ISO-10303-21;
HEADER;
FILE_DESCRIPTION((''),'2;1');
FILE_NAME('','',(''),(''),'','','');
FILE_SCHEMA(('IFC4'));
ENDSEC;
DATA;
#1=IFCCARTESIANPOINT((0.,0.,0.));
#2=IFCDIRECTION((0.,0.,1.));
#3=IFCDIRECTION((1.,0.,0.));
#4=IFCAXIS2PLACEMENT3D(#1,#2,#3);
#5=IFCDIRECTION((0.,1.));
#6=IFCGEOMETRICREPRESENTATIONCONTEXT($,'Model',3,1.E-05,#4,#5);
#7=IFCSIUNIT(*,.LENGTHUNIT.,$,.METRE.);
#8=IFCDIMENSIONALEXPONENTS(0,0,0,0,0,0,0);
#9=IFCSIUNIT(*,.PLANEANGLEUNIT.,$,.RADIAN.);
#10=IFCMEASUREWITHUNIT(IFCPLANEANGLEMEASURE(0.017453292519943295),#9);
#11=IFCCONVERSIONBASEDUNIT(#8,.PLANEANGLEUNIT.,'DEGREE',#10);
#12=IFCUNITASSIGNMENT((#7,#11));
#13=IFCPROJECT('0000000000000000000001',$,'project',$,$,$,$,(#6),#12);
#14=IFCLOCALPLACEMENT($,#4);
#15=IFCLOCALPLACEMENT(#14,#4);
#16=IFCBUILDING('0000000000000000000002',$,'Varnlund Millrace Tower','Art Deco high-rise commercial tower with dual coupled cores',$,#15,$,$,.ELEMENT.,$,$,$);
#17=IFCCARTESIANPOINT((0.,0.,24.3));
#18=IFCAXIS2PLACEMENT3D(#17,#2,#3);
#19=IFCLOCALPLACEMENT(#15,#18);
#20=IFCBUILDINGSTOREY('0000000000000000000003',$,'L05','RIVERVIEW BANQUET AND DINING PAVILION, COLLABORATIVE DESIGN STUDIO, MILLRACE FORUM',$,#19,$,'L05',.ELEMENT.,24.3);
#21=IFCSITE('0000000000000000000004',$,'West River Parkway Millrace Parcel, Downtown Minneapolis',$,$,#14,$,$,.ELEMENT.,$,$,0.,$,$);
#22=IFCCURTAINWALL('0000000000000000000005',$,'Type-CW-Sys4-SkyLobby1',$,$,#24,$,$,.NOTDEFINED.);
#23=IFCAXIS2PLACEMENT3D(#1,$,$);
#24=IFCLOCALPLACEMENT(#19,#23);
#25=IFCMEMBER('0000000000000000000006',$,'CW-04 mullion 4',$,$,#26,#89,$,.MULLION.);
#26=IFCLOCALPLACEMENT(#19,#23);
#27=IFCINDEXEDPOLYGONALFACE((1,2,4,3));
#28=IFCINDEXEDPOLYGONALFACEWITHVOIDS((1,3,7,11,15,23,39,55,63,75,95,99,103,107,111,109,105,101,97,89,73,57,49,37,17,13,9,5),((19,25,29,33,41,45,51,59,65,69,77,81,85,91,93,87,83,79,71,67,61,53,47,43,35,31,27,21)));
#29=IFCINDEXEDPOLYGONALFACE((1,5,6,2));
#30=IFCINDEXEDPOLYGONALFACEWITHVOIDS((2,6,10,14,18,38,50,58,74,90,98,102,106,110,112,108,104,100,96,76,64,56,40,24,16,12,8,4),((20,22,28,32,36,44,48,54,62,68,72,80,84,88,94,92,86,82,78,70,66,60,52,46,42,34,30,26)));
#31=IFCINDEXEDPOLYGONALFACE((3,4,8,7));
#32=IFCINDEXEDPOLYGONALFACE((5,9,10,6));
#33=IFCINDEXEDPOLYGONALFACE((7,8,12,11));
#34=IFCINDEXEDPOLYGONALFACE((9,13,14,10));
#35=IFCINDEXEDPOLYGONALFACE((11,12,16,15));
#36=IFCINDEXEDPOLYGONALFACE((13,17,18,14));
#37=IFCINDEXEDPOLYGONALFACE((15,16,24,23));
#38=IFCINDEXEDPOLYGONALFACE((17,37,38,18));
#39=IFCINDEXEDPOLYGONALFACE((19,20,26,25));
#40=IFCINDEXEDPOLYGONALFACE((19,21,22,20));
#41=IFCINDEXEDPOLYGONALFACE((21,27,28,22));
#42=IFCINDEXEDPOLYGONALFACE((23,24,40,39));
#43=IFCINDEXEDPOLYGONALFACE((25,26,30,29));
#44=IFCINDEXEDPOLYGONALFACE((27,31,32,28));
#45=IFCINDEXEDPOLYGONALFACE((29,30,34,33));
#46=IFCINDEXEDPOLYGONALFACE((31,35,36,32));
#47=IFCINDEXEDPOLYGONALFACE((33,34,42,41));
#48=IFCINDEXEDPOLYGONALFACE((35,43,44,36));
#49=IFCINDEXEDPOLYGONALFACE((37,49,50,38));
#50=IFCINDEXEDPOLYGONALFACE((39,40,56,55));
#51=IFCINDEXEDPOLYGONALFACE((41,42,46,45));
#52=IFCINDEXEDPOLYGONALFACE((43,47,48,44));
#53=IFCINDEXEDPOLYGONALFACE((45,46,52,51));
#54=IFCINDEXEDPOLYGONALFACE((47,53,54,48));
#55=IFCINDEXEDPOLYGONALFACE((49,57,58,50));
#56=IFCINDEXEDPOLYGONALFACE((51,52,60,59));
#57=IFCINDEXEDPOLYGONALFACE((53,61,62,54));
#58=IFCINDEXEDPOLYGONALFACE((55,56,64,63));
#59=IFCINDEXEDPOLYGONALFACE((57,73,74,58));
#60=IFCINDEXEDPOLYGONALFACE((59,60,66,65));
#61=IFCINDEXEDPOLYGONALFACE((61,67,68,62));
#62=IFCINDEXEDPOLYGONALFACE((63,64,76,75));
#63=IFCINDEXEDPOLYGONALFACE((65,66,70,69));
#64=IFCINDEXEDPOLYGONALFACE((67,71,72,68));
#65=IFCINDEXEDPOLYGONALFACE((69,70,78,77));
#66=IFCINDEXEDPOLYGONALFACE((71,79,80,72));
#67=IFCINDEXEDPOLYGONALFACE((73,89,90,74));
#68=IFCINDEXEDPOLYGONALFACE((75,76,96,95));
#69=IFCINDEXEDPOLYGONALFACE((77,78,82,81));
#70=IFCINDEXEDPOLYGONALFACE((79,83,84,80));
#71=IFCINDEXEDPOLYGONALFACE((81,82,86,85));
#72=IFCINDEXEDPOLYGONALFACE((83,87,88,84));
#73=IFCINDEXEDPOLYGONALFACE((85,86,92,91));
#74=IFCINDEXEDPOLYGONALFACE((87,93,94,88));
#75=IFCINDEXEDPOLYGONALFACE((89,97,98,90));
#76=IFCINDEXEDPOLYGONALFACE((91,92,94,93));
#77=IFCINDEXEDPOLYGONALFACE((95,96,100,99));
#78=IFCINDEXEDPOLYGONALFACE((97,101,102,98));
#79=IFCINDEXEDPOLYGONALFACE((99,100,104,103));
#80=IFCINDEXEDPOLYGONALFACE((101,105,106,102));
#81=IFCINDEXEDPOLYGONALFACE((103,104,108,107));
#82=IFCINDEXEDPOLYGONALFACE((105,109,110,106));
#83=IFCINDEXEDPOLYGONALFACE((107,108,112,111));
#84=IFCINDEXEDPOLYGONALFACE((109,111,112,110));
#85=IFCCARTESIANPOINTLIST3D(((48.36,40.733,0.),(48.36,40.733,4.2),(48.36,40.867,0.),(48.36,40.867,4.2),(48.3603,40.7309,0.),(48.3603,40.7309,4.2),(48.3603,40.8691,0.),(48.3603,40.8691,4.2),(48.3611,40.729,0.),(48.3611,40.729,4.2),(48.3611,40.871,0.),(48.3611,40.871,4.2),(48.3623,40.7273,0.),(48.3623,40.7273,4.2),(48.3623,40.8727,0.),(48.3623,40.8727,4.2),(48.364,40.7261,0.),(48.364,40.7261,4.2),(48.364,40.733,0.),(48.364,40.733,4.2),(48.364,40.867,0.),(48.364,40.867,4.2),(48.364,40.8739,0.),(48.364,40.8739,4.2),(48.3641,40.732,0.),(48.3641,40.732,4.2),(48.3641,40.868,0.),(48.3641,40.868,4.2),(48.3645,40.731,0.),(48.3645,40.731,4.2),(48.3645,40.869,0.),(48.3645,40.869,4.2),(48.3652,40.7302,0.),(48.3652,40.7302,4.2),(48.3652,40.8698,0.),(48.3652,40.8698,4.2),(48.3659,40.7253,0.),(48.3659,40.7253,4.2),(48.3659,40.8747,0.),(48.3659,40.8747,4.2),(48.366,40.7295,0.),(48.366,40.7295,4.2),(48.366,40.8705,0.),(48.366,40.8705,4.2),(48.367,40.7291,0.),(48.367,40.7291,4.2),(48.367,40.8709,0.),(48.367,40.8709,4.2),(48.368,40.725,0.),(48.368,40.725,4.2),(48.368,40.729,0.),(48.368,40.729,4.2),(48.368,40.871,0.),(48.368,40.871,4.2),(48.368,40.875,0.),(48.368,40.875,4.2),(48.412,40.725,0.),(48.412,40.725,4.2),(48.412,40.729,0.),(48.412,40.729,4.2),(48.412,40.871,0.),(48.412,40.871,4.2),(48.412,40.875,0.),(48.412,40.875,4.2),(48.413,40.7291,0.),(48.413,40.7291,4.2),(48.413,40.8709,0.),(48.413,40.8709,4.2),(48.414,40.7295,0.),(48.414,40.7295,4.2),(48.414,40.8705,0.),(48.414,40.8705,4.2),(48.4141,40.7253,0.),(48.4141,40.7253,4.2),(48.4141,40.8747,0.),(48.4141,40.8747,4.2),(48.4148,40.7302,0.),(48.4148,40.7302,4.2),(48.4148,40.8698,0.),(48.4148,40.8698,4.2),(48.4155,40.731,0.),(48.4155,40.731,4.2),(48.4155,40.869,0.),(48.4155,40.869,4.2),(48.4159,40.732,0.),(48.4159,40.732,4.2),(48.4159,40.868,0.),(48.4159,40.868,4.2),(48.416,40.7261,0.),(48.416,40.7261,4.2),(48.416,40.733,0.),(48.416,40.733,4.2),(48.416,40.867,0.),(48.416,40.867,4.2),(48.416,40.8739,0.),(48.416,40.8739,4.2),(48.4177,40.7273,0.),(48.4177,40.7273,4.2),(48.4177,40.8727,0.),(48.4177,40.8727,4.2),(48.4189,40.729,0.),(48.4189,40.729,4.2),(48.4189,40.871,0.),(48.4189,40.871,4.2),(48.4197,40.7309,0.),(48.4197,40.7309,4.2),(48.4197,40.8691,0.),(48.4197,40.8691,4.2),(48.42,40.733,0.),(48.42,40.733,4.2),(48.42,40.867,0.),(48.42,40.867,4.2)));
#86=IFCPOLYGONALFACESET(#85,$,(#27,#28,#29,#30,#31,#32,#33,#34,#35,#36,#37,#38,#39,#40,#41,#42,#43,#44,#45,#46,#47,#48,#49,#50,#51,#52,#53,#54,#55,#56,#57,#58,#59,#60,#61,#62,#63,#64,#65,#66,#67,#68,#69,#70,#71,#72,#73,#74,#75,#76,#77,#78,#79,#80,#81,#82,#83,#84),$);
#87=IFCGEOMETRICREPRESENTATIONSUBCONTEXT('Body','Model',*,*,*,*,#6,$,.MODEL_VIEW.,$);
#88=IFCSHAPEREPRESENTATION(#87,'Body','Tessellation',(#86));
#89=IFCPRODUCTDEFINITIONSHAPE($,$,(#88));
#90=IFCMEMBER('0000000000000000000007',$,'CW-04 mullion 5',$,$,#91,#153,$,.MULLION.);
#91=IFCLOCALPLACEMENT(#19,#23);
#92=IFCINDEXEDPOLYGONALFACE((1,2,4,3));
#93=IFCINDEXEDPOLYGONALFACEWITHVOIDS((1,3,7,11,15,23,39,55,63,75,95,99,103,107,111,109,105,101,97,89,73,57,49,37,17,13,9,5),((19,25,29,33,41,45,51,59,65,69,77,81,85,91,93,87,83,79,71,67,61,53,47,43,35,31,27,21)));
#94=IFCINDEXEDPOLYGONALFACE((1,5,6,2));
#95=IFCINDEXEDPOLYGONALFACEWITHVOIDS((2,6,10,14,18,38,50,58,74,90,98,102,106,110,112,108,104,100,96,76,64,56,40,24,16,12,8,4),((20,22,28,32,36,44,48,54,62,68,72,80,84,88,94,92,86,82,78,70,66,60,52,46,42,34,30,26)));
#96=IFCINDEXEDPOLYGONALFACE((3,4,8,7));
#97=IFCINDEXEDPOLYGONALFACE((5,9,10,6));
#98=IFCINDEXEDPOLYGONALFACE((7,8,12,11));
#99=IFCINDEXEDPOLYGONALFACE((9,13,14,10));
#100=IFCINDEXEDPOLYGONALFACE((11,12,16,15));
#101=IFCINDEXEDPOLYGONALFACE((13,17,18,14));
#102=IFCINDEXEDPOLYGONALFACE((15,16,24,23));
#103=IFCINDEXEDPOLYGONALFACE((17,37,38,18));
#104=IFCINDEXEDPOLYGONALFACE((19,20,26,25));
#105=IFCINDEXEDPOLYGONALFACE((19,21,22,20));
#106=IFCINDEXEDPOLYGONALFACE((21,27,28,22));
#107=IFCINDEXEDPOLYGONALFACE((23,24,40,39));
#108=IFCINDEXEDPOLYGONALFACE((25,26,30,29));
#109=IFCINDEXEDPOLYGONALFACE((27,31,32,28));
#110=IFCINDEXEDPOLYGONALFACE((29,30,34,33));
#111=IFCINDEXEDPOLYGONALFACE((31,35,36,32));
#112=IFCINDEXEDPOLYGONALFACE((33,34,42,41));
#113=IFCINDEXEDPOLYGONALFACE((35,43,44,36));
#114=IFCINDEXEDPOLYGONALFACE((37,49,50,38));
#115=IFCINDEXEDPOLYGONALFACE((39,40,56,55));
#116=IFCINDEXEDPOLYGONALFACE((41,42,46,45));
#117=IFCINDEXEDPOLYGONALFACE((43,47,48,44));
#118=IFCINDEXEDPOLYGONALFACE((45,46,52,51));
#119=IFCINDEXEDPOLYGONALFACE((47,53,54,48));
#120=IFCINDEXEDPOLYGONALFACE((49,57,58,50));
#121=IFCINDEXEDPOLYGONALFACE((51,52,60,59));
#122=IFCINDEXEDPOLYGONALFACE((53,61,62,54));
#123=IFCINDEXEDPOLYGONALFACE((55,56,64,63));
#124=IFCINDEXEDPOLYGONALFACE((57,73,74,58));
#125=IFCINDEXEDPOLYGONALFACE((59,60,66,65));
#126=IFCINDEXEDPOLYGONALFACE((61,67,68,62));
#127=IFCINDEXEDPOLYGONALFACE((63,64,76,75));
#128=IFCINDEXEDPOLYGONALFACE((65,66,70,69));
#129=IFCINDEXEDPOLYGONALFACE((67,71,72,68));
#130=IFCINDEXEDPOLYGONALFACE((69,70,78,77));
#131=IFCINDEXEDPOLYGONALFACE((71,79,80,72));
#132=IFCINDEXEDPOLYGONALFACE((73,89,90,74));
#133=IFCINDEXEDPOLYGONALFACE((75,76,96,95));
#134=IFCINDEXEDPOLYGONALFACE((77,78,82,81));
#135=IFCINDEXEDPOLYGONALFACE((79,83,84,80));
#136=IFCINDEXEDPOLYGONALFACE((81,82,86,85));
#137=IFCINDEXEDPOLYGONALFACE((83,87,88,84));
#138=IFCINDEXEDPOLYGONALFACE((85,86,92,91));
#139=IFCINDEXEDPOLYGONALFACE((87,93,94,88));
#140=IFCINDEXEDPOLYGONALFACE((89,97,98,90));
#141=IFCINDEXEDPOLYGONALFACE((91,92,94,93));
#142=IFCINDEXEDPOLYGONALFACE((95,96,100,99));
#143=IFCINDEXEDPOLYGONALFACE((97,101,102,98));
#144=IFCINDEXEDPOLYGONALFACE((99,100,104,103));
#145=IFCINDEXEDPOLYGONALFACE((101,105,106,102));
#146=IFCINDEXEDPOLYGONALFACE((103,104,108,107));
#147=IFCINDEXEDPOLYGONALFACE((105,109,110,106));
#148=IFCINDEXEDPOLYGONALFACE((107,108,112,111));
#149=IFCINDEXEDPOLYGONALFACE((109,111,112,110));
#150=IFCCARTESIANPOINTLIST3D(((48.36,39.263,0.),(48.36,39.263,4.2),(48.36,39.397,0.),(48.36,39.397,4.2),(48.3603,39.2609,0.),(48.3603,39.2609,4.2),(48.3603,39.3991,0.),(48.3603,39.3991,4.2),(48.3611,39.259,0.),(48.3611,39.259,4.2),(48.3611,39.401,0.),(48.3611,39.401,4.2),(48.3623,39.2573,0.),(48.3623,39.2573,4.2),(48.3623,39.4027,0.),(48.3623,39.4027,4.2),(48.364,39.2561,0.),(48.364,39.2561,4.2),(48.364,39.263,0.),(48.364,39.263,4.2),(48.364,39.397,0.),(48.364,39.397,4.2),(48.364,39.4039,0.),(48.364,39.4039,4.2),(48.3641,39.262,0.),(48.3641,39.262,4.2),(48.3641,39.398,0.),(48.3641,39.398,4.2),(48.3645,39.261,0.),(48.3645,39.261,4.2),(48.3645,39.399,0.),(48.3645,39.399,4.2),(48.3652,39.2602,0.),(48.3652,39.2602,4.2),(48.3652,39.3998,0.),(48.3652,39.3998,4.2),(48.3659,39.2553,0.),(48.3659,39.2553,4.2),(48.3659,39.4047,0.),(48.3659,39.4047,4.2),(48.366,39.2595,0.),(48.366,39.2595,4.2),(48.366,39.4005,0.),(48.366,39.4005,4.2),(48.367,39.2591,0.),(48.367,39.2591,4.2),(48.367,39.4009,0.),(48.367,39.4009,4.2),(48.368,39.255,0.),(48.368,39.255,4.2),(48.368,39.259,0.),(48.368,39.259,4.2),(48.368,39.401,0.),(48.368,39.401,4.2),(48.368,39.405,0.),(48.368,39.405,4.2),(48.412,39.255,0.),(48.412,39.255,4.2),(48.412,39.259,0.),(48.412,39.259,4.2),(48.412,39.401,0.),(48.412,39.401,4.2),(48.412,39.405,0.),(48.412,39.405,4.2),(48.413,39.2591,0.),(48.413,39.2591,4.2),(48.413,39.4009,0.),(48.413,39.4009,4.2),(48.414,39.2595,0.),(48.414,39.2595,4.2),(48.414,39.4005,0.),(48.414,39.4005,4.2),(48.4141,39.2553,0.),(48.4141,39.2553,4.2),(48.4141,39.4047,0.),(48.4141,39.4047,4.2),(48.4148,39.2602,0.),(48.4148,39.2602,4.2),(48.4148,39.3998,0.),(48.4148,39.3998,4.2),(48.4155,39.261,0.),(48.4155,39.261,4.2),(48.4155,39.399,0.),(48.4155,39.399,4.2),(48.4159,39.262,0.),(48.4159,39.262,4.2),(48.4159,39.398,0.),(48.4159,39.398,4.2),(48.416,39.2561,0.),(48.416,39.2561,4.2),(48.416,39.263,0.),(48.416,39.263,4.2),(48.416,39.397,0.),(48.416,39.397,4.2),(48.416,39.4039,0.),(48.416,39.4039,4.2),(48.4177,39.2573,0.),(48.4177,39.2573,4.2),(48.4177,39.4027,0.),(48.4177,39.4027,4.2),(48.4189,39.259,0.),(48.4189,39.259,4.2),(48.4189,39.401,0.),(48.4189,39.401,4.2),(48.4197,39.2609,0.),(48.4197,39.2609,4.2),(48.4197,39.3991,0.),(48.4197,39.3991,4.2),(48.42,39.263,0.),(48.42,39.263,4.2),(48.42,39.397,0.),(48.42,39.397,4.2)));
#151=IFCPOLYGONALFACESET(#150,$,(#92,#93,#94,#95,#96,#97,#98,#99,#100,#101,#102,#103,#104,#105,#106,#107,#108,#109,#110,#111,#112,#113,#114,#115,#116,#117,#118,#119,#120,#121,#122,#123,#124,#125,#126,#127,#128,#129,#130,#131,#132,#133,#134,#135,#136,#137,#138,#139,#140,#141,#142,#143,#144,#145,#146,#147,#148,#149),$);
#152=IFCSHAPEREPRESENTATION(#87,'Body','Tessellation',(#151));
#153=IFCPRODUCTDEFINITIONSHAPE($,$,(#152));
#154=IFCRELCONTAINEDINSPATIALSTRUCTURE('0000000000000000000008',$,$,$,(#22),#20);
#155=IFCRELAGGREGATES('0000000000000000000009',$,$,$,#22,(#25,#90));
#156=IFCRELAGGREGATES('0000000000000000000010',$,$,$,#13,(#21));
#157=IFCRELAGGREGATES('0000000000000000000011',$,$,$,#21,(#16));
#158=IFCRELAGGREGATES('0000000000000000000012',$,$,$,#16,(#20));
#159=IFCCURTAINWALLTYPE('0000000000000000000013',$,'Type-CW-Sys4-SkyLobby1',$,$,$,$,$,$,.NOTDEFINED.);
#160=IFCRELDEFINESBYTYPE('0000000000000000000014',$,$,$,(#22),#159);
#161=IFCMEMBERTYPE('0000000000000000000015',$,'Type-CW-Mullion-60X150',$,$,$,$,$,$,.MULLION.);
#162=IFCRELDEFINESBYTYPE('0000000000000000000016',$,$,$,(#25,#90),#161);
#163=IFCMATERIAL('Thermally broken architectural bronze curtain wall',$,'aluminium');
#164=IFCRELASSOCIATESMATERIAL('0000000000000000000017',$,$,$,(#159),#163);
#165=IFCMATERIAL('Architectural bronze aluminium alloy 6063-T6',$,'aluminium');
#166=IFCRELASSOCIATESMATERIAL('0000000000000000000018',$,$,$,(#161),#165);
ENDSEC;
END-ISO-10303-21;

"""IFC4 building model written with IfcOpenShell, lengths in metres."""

from ifc_helpers import new_model, entity, si_unit, converted_unit, direction, frame, origin_with_axes, origin_2d_with_axis, place, context, subcontext, project, spatial, hollow_rectangle, extrude, material, material_profile, profile_set, type_object, element, aggregate, save


model = new_model("IFC4")

# Units and contexts
model_context = context("Model", 3, precision=1e-05, world=origin_with_axes(), true_north=direction((0.0, 1.0)))
body_context = subcontext(model_context, "Body", "Model", "MODEL_VIEW")
ifc_project = project(units=[si_unit("LENGTHUNIT", "METRE"), converted_unit("PLANEANGLEUNIT", "DEGREE", entity("IfcPlaneAngleMeasure", 0.017453292519943295), si_unit("PLANEANGLEUNIT", "RADIAN"), dimensions=[0, 0, 0, 0, 0, 0, 0])], contexts=[model_context])

# Site, building, storey
site_placement = place(None, origin_with_axes())
site = spatial("IfcSite", under=ifc_project, at=site_placement, Name="West River Parkway Millrace Parcel, Downtown Minneapolis", CompositionType="ELEMENT", RefElevation=0.0)
building_placement = place(site_placement, origin_with_axes())
building = spatial("IfcBuilding", under=site, at=building_placement, Name="Varnlund Millrace Tower", Description="Art Deco high-rise commercial tower with dual coupled cores", CompositionType="ELEMENT")
storey_placement = place(building_placement, frame((0.0, 0.0, 24.3), z_axis=(0.0, 0.0, 1.0), x_axis=(1.0, 0.0, 0.0)))
storey = spatial("IfcBuildingStorey", under=building, at=storey_placement, Name="L05", Description="RIVERVIEW BANQUET AND DINING PAVILION, COLLABORATIVE DESIGN STUDIO, MILLRACE FORUM", LongName="L05", CompositionType="ELEMENT", Elevation=24.3)

# Curtain wall, members
ifc_material_1 = material(Name="Thermally broken architectural bronze curtain wall", Category="aluminium")
curtain_wall_type = type_object("IfcCurtainWallType", Name="Type-CW-Sys4-SkyLobby1", PredefinedType="NOTDEFINED", material=ifc_material_1)
curtain_wall_placement = place(storey_placement, frame((48.39, 45.3, 0.0), z_axis=(0.0, 0.0, 1.0), x_axis=(1.0, 0.0, 0.0)))
curtain_wall = element("IfcCurtainWall", 1, at=curtain_wall_placement, inside=storey, type_object=curtain_wall_type, Name="Type-CW-Sys4-SkyLobby1", PredefinedType="NOTDEFINED")
ifc_material_2 = material(Name="Architectural bronze aluminium alloy 6063-T6", Category="aluminium")
ifc_material_profile_1 = material_profile(ifc_material_2, hollow_rectangle(XDim=0.06, YDim=0.15, WallThickness=0.004, InnerFilletRadius=0.004, OuterFilletRadius=0.008, at=origin_2d_with_axis()), Name="Architectural bronze aluminium alloy 6063-T6")
ifc_profile_set_1 = profile_set([ifc_material_profile_1], Name="Architectural bronze aluminium alloy 6063-T6")
member_type_1 = type_object("IfcMemberType", Name="Type-CW-Mullion-60X150", PredefinedType="MULLION", material=ifc_profile_set_1)
member_1_placement = place(storey_placement, frame((48.39, 40.8, 0.0), z_axis=(0.0, 0.0, 1.0), x_axis=(1.0, 0.0, 0.0)))
member_1 = element("IfcMember", 2, at=member_1_placement, type_object=member_type_1, Name="CW-04 mullion 4", PredefinedType="MULLION", context=body_context, shape_type="SweptSolid", body=[
    extrude(hollow_rectangle(XDim=0.06, YDim=0.15, WallThickness=0.004, InnerFilletRadius=0.004, OuterFilletRadius=0.008, at=origin_2d_with_axis()), origin_with_axes(), (0.0, 0.0, 1.0), 4.2),
])
member_2_placement = place(storey_placement, frame((48.39, 39.33, 0.0), z_axis=(0.0, 0.0, 1.0), x_axis=(1.0, 0.0, 0.0)))
member_2 = element("IfcMember", 3, at=member_2_placement, type_object=member_type_1, Name="CW-04 mullion 5", PredefinedType="MULLION", context=body_context, shape_type="SweptSolid", body=[
    extrude(hollow_rectangle(XDim=0.06, YDim=0.15, WallThickness=0.004, InnerFilletRadius=0.004, OuterFilletRadius=0.008, at=origin_2d_with_axis()), origin_with_axes(), (0.0, 0.0, 1.0), 4.2),
])
aggregate(curtain_wall, [member_1, member_2])

save(model, "model.ifc")
